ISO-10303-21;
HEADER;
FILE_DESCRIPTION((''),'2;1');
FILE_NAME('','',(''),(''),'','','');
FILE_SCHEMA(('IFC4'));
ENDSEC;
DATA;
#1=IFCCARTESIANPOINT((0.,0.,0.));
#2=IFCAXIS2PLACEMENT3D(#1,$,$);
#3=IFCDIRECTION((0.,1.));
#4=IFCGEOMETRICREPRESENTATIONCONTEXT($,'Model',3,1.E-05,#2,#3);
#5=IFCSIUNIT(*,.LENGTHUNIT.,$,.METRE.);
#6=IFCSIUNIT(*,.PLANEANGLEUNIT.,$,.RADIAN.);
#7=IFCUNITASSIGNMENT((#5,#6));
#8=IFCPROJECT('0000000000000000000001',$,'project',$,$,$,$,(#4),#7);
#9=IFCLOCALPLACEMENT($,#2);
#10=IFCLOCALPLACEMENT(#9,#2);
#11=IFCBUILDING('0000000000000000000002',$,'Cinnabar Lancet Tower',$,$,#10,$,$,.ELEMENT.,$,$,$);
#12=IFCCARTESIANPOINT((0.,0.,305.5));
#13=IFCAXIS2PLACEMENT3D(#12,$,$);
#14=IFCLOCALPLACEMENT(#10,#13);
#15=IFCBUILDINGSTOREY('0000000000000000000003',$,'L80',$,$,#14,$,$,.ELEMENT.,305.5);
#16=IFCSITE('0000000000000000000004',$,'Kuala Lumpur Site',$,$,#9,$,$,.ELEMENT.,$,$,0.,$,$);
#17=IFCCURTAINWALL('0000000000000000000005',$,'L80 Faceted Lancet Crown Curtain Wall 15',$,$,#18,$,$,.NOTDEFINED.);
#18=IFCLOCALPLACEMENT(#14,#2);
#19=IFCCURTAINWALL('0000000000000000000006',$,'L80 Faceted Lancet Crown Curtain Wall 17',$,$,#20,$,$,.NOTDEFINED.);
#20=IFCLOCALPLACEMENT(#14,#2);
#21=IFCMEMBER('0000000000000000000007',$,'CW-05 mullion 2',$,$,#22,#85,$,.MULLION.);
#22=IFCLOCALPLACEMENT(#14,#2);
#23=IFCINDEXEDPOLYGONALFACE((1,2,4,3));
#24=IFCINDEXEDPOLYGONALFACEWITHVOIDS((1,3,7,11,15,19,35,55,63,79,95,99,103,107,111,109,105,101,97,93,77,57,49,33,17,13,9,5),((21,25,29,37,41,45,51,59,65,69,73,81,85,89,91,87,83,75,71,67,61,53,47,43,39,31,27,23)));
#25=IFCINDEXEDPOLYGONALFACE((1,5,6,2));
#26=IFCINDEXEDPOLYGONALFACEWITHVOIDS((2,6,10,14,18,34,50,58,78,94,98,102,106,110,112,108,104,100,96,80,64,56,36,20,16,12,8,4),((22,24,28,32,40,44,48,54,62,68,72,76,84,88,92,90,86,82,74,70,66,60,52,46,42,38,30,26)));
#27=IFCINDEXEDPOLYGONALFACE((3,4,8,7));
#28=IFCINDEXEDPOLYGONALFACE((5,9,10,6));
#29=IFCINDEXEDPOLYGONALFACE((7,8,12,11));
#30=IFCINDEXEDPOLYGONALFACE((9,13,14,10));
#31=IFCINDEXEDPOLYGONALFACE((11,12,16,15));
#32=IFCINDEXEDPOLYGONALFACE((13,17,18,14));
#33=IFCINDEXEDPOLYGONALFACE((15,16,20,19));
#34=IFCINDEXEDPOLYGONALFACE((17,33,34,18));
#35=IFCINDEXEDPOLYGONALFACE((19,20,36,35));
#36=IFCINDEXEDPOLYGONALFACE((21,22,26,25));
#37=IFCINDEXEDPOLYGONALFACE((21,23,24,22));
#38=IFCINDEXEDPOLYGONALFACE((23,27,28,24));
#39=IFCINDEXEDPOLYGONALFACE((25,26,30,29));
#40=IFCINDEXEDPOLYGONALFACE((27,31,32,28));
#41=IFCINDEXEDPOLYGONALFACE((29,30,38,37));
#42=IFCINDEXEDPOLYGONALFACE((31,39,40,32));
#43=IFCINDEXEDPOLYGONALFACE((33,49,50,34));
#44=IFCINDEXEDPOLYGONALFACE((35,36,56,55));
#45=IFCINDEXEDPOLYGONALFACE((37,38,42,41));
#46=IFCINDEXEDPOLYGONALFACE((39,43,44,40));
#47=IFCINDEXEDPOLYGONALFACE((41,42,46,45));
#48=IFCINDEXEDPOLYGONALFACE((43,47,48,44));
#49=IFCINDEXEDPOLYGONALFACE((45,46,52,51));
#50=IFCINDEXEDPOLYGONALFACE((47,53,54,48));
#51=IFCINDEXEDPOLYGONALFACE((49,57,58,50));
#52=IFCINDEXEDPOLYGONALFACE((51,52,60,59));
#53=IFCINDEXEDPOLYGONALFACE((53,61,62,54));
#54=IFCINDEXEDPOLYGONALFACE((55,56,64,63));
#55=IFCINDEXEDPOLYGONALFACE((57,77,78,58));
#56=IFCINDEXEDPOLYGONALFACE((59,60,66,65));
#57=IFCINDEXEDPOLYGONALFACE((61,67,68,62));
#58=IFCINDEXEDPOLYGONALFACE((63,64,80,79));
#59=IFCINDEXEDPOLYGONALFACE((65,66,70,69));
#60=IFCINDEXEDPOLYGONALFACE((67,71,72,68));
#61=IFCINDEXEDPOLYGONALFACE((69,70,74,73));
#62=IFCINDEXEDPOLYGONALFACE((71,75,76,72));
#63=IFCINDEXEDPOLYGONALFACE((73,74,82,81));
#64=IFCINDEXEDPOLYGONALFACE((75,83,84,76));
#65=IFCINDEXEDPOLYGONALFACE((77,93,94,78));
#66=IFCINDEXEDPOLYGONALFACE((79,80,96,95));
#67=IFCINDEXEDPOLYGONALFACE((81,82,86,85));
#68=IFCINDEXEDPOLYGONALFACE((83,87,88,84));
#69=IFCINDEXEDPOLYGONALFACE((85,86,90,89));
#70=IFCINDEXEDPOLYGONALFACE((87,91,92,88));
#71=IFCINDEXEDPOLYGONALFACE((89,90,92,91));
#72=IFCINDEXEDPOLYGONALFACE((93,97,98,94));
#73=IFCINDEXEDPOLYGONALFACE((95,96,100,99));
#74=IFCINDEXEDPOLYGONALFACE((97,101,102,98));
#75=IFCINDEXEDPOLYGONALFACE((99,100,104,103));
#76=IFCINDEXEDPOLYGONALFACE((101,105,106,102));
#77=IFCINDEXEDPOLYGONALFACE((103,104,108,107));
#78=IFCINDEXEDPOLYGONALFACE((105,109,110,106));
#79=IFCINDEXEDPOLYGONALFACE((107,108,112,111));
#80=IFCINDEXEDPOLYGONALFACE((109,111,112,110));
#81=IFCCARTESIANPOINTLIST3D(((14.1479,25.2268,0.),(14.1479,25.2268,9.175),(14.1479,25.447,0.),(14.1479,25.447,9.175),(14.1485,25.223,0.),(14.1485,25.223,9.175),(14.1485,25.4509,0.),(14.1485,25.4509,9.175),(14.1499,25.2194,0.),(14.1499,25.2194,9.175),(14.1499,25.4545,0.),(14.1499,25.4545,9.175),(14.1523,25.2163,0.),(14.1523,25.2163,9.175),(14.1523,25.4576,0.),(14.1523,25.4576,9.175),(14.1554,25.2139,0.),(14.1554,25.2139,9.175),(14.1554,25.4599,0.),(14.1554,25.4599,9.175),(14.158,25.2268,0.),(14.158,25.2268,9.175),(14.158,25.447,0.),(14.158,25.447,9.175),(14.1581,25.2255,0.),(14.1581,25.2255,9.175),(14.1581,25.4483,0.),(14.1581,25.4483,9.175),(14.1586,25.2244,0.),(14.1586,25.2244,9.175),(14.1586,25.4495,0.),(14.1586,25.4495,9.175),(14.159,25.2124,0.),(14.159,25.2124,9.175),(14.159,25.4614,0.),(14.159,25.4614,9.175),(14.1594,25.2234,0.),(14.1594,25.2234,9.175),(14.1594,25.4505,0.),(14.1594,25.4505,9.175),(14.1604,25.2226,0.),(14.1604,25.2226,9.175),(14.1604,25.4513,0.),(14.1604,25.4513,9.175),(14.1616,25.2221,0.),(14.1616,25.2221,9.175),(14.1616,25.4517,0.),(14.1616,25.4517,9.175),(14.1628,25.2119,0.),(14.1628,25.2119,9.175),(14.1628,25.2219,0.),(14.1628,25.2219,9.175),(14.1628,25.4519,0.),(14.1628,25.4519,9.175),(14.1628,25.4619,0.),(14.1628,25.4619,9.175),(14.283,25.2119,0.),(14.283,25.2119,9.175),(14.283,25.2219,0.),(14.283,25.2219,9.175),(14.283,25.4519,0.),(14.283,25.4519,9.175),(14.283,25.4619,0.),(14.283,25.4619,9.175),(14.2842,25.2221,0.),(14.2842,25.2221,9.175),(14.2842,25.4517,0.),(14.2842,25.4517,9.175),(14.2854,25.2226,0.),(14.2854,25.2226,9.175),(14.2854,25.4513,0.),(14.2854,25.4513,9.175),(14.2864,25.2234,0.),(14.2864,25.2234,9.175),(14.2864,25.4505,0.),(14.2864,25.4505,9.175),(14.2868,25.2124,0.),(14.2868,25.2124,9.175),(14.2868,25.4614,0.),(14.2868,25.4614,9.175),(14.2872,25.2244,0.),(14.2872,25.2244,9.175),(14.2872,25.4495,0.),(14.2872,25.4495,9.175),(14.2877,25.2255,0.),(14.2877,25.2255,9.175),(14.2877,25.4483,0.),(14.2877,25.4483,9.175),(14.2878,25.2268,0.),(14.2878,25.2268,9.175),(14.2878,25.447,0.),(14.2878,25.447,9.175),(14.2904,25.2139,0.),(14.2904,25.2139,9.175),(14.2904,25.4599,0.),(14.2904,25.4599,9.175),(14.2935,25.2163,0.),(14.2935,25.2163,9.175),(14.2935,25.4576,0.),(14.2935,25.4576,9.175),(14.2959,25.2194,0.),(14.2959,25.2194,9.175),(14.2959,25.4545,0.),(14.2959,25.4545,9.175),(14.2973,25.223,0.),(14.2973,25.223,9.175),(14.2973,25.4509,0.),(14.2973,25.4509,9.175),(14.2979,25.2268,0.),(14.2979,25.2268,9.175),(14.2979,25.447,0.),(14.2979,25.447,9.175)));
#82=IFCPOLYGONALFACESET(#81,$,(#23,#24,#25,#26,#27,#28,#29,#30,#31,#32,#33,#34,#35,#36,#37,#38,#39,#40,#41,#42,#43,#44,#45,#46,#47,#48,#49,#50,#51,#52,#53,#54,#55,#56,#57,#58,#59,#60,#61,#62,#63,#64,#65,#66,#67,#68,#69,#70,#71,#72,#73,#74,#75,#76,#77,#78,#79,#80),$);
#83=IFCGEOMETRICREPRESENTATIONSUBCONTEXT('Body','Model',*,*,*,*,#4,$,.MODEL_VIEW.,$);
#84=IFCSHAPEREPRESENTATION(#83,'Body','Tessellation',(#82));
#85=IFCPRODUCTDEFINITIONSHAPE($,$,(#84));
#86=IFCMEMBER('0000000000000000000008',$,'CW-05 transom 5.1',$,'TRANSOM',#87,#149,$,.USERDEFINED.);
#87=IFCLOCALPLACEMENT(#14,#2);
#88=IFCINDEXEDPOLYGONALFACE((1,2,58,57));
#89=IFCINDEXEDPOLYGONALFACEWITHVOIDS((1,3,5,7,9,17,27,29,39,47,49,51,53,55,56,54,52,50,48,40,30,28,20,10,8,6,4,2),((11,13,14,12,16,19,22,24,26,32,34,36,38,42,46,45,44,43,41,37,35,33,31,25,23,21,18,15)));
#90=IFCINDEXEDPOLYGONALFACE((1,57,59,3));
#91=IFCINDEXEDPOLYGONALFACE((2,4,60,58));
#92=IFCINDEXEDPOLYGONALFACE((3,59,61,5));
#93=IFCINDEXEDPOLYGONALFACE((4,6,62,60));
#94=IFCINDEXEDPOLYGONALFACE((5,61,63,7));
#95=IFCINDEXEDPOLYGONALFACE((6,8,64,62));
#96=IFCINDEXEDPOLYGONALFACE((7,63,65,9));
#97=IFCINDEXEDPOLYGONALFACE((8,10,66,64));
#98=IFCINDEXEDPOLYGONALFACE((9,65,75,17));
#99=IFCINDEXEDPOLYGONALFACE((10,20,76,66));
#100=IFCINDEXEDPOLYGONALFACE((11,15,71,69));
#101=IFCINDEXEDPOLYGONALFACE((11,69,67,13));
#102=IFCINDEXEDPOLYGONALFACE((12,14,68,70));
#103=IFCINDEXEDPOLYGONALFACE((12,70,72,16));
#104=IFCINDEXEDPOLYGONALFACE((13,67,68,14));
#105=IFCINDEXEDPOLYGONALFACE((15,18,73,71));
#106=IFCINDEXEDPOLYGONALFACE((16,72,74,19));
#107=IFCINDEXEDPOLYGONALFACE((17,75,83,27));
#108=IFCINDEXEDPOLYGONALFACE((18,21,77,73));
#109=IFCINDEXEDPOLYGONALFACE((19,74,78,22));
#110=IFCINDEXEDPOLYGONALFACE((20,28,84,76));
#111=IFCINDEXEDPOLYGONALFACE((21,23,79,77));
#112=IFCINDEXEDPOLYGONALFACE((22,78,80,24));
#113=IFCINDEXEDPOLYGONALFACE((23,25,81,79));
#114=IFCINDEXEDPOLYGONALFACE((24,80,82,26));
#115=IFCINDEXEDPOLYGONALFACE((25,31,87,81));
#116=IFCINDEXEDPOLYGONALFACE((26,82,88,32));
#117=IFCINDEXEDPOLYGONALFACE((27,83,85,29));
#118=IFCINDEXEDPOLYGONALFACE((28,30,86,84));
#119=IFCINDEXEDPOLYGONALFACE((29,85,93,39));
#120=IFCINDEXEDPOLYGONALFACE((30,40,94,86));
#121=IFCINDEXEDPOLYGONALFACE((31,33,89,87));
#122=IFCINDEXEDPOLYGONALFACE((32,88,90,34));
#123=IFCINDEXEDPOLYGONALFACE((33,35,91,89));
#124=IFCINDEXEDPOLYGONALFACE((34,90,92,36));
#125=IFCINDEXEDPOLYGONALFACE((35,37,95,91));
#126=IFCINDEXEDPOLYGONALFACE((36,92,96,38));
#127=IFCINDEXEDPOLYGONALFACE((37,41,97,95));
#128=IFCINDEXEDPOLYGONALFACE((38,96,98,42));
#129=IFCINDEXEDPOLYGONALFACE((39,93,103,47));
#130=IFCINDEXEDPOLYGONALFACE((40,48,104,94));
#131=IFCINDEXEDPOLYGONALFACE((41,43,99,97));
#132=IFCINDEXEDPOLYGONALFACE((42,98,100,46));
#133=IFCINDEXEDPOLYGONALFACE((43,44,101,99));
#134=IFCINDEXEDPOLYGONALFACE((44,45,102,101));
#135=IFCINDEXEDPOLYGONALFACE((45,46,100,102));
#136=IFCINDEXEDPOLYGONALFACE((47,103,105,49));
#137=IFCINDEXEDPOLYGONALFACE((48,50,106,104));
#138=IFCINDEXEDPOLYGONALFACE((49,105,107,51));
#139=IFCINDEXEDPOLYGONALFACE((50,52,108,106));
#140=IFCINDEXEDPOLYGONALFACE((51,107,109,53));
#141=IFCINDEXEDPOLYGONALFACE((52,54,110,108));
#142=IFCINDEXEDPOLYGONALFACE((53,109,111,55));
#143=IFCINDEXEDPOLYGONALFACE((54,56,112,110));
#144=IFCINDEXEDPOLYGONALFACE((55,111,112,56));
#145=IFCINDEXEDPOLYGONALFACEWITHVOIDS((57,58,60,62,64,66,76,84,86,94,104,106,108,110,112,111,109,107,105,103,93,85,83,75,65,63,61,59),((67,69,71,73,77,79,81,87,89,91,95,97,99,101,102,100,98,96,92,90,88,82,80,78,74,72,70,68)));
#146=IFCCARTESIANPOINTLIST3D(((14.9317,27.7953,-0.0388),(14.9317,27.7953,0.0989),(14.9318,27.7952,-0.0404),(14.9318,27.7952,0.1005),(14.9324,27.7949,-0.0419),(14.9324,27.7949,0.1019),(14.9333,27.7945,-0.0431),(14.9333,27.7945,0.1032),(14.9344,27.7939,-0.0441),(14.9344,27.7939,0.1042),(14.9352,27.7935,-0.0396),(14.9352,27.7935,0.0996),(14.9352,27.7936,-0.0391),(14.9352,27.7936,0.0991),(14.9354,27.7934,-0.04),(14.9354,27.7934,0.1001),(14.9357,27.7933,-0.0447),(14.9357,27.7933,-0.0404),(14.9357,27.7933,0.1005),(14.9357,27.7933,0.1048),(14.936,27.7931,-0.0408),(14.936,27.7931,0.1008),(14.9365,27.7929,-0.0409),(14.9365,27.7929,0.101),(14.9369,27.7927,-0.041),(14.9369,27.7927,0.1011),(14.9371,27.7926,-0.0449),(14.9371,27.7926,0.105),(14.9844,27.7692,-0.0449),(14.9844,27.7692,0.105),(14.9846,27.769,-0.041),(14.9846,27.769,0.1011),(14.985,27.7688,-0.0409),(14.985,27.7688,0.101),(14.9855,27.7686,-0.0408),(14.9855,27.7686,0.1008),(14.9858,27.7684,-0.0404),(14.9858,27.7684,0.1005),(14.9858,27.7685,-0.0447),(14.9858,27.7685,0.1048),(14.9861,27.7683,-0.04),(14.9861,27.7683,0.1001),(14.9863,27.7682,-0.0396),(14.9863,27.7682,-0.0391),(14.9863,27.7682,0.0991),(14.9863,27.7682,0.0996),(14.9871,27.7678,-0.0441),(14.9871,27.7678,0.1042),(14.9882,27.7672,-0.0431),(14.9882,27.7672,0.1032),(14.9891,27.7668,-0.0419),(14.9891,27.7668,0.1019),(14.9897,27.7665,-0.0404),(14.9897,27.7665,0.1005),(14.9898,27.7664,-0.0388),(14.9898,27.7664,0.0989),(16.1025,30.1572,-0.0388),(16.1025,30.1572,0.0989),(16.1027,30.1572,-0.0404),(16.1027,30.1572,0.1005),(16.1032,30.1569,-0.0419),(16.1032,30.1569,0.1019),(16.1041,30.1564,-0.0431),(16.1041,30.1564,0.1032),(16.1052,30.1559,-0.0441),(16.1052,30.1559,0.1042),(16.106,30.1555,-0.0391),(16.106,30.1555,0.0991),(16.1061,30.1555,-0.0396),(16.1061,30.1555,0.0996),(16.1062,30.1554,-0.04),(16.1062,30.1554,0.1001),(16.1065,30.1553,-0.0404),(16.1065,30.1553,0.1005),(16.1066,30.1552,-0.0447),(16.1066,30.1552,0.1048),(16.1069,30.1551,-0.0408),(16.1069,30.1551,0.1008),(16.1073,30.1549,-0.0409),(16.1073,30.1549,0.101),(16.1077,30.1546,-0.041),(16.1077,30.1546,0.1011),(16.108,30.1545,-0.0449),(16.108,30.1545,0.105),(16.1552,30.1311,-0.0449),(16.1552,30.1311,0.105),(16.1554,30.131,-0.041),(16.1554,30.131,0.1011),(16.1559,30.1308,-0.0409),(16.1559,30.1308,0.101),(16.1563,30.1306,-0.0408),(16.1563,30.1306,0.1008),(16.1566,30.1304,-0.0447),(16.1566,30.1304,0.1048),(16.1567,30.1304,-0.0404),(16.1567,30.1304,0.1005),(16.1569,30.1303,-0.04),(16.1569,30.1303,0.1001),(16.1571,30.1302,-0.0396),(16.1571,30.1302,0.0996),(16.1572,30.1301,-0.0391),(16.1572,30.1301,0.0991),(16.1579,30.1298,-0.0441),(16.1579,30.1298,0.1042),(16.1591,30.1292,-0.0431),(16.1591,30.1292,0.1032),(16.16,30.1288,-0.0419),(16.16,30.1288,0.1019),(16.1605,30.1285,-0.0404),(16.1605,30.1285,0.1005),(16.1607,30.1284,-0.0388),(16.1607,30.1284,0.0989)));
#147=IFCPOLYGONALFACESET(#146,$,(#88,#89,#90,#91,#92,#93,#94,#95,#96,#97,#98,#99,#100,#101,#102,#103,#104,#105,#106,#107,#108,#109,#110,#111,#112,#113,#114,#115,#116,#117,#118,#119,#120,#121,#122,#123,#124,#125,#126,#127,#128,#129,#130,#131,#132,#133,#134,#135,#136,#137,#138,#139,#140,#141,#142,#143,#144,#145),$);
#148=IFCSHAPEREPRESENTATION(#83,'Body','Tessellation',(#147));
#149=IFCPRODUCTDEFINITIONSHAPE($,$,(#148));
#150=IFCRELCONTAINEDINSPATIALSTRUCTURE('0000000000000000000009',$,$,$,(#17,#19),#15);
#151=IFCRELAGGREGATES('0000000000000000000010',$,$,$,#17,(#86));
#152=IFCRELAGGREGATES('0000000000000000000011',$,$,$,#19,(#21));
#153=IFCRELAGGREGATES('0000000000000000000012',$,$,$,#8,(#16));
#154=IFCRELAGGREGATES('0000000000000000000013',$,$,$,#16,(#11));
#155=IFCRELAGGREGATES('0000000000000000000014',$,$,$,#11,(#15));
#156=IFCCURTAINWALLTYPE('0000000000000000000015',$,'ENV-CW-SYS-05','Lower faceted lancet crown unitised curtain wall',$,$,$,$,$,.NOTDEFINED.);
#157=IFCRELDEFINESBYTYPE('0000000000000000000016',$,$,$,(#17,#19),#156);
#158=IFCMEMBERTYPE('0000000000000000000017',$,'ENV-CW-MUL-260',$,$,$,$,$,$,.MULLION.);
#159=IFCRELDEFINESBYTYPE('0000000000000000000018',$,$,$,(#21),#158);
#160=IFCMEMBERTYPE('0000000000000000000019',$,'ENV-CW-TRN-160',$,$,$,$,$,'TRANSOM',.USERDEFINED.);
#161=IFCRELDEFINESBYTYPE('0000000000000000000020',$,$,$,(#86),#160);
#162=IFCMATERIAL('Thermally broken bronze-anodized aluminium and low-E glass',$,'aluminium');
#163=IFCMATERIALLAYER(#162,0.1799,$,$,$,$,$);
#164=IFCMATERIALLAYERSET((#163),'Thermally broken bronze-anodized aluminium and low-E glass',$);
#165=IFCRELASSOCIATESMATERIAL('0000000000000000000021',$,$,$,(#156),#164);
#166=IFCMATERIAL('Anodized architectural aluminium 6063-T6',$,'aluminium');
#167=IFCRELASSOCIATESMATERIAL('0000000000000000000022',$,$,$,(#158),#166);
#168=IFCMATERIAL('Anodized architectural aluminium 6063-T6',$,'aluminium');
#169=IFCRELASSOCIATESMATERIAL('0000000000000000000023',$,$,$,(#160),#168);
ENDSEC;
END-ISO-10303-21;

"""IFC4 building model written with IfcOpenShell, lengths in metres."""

from ifc_helpers import new_model, si_unit, direction, frame, origin, origin_2d, place, context, subcontext, project, spatial, hollow_rectangle, extrude, material, layer, layer_set, material_profile, profile_set, type_object, element, aggregate, save


model = new_model("IFC4")

# Units and contexts
model_context = context("Model", 3, precision=1e-05, world=origin(), true_north=direction((0.0, 1.0)))
body_context = subcontext(model_context, "Body", "Model", "MODEL_VIEW")
ifc_project = project(units=[si_unit("LENGTHUNIT", "METRE"), si_unit("PLANEANGLEUNIT", "RADIAN")], contexts=[model_context])

# Site, building, storey
site_placement = place(None, origin())
site = spatial("IfcSite", under=ifc_project, at=site_placement, Name="Kuala Lumpur Site", CompositionType="ELEMENT", RefElevation=0.0)
building_placement = place(site_placement, origin())
building = spatial("IfcBuilding", under=site, at=building_placement, Name="Cinnabar Lancet Tower", CompositionType="ELEMENT")
storey_placement = place(building_placement, frame((0.0, 0.0, 305.5)))
storey = spatial("IfcBuildingStorey", under=building, at=storey_placement, Name="L80", CompositionType="ELEMENT", Elevation=305.5)

# Curtain wall
ifc_material_1 = material(Name="Thermally broken bronze-anodized aluminium and low-E glass", Category="aluminium")
ifc_layer_1 = layer(ifc_material_1, 0.1799)
ifc_layer_set_1 = layer_set([ifc_layer_1], Name="Thermally broken bronze-anodized aluminium and low-E glass")
curtain_wall_type = type_object("IfcCurtainWallType", Name="ENV-CW-SYS-05", Description="Lower faceted lancet crown unitised curtain wall", PredefinedType="NOTDEFINED", material=ifc_layer_set_1)
curtain_wall_1_placement = place(storey_placement, origin())
curtain_wall_1 = element("IfcCurtainWall", 1, at=curtain_wall_1_placement, inside=storey, type_object=curtain_wall_type, Name="L80 Faceted Lancet Crown Curtain Wall 15", PredefinedType="NOTDEFINED")
ifc_material_2 = material(Name="Anodized architectural aluminium 6063-T6", Category="aluminium")
ifc_material_profile_1 = material_profile(ifc_material_2, hollow_rectangle(XDim=0.1499, YDim=0.25, WallThickness=0.01, InnerFilletRadius=0.0049, OuterFilletRadius=0.0149, at=origin_2d()), Name="RHS 250x150x10")
ifc_profile_set_1 = profile_set([ifc_material_profile_1], Name="Anodized architectural aluminium 6063-T6")
member_type_1 = type_object("IfcMemberType", Name="ENV-CW-MUL-260", PredefinedType="MULLION", material=ifc_profile_set_1)

# Curtain wall, member
curtain_wall_2_placement = place(storey_placement, origin())
curtain_wall_2 = element("IfcCurtainWall", 2, at=curtain_wall_2_placement, inside=storey, type_object=curtain_wall_type, Name="L80 Faceted Lancet Crown Curtain Wall 17", PredefinedType="NOTDEFINED")
member_1_placement = place(storey_placement, frame((14.2229, 25.3369, 0.0), z_axis=(0.0, 0.0, 1.0), x_axis=(1.0, 0.0, 0.0)))
member_1 = element("IfcMember", 3, at=member_1_placement, type_object=member_type_1, Name="CW-05 mullion 2", PredefinedType="MULLION", context=body_context, shape_type="SweptSolid", body=[
    extrude(hollow_rectangle(XDim=0.1499, YDim=0.25, WallThickness=0.01, InnerFilletRadius=0.0049, OuterFilletRadius=0.0149, at=origin_2d()), origin(), (0.0, 0.0, 1.0), 9.175),
])

# Member
ifc_material_3 = material(Name="Anodized architectural aluminium 6063-T6", Category="aluminium")
ifc_material_profile_2 = material_profile(ifc_material_3, hollow_rectangle(XDim=0.0649, YDim=0.1499, WallThickness=0.0039, InnerFilletRadius=0.002, OuterFilletRadius=0.0061, at=origin_2d()), Name="CW-TRN 150x65x4")
ifc_profile_set_2 = profile_set([ifc_material_profile_2], Name="Anodized architectural aluminium 6063-T6")
member_type_2 = type_object("IfcMemberType", Name="ENV-CW-TRN-160", ElementType="TRANSOM", PredefinedType="USERDEFINED", material=ifc_profile_set_2)
member_2_placement = place(storey_placement, frame((16.1316, 30.1428, 0.03), z_axis=(-0.444136, -0.895959, 0.0), x_axis=(0.895959, -0.444136, 0.0)))
member_2 = element("IfcMember", 4, at=member_2_placement, type_object=member_type_2, Name="CW-05 transom 5.1", ObjectType="TRANSOM", PredefinedType="USERDEFINED", context=body_context, shape_type="SweptSolid", body=[
    extrude(hollow_rectangle(XDim=0.0649, YDim=0.1499, WallThickness=0.0039, InnerFilletRadius=0.002, OuterFilletRadius=0.0061, at=origin_2d()), origin(), (0.0, 0.0, 1.0), 2.6362),
])

aggregate(curtain_wall_1, [member_2])
aggregate(curtain_wall_2, [member_1])

save(model, "model.ifc")
